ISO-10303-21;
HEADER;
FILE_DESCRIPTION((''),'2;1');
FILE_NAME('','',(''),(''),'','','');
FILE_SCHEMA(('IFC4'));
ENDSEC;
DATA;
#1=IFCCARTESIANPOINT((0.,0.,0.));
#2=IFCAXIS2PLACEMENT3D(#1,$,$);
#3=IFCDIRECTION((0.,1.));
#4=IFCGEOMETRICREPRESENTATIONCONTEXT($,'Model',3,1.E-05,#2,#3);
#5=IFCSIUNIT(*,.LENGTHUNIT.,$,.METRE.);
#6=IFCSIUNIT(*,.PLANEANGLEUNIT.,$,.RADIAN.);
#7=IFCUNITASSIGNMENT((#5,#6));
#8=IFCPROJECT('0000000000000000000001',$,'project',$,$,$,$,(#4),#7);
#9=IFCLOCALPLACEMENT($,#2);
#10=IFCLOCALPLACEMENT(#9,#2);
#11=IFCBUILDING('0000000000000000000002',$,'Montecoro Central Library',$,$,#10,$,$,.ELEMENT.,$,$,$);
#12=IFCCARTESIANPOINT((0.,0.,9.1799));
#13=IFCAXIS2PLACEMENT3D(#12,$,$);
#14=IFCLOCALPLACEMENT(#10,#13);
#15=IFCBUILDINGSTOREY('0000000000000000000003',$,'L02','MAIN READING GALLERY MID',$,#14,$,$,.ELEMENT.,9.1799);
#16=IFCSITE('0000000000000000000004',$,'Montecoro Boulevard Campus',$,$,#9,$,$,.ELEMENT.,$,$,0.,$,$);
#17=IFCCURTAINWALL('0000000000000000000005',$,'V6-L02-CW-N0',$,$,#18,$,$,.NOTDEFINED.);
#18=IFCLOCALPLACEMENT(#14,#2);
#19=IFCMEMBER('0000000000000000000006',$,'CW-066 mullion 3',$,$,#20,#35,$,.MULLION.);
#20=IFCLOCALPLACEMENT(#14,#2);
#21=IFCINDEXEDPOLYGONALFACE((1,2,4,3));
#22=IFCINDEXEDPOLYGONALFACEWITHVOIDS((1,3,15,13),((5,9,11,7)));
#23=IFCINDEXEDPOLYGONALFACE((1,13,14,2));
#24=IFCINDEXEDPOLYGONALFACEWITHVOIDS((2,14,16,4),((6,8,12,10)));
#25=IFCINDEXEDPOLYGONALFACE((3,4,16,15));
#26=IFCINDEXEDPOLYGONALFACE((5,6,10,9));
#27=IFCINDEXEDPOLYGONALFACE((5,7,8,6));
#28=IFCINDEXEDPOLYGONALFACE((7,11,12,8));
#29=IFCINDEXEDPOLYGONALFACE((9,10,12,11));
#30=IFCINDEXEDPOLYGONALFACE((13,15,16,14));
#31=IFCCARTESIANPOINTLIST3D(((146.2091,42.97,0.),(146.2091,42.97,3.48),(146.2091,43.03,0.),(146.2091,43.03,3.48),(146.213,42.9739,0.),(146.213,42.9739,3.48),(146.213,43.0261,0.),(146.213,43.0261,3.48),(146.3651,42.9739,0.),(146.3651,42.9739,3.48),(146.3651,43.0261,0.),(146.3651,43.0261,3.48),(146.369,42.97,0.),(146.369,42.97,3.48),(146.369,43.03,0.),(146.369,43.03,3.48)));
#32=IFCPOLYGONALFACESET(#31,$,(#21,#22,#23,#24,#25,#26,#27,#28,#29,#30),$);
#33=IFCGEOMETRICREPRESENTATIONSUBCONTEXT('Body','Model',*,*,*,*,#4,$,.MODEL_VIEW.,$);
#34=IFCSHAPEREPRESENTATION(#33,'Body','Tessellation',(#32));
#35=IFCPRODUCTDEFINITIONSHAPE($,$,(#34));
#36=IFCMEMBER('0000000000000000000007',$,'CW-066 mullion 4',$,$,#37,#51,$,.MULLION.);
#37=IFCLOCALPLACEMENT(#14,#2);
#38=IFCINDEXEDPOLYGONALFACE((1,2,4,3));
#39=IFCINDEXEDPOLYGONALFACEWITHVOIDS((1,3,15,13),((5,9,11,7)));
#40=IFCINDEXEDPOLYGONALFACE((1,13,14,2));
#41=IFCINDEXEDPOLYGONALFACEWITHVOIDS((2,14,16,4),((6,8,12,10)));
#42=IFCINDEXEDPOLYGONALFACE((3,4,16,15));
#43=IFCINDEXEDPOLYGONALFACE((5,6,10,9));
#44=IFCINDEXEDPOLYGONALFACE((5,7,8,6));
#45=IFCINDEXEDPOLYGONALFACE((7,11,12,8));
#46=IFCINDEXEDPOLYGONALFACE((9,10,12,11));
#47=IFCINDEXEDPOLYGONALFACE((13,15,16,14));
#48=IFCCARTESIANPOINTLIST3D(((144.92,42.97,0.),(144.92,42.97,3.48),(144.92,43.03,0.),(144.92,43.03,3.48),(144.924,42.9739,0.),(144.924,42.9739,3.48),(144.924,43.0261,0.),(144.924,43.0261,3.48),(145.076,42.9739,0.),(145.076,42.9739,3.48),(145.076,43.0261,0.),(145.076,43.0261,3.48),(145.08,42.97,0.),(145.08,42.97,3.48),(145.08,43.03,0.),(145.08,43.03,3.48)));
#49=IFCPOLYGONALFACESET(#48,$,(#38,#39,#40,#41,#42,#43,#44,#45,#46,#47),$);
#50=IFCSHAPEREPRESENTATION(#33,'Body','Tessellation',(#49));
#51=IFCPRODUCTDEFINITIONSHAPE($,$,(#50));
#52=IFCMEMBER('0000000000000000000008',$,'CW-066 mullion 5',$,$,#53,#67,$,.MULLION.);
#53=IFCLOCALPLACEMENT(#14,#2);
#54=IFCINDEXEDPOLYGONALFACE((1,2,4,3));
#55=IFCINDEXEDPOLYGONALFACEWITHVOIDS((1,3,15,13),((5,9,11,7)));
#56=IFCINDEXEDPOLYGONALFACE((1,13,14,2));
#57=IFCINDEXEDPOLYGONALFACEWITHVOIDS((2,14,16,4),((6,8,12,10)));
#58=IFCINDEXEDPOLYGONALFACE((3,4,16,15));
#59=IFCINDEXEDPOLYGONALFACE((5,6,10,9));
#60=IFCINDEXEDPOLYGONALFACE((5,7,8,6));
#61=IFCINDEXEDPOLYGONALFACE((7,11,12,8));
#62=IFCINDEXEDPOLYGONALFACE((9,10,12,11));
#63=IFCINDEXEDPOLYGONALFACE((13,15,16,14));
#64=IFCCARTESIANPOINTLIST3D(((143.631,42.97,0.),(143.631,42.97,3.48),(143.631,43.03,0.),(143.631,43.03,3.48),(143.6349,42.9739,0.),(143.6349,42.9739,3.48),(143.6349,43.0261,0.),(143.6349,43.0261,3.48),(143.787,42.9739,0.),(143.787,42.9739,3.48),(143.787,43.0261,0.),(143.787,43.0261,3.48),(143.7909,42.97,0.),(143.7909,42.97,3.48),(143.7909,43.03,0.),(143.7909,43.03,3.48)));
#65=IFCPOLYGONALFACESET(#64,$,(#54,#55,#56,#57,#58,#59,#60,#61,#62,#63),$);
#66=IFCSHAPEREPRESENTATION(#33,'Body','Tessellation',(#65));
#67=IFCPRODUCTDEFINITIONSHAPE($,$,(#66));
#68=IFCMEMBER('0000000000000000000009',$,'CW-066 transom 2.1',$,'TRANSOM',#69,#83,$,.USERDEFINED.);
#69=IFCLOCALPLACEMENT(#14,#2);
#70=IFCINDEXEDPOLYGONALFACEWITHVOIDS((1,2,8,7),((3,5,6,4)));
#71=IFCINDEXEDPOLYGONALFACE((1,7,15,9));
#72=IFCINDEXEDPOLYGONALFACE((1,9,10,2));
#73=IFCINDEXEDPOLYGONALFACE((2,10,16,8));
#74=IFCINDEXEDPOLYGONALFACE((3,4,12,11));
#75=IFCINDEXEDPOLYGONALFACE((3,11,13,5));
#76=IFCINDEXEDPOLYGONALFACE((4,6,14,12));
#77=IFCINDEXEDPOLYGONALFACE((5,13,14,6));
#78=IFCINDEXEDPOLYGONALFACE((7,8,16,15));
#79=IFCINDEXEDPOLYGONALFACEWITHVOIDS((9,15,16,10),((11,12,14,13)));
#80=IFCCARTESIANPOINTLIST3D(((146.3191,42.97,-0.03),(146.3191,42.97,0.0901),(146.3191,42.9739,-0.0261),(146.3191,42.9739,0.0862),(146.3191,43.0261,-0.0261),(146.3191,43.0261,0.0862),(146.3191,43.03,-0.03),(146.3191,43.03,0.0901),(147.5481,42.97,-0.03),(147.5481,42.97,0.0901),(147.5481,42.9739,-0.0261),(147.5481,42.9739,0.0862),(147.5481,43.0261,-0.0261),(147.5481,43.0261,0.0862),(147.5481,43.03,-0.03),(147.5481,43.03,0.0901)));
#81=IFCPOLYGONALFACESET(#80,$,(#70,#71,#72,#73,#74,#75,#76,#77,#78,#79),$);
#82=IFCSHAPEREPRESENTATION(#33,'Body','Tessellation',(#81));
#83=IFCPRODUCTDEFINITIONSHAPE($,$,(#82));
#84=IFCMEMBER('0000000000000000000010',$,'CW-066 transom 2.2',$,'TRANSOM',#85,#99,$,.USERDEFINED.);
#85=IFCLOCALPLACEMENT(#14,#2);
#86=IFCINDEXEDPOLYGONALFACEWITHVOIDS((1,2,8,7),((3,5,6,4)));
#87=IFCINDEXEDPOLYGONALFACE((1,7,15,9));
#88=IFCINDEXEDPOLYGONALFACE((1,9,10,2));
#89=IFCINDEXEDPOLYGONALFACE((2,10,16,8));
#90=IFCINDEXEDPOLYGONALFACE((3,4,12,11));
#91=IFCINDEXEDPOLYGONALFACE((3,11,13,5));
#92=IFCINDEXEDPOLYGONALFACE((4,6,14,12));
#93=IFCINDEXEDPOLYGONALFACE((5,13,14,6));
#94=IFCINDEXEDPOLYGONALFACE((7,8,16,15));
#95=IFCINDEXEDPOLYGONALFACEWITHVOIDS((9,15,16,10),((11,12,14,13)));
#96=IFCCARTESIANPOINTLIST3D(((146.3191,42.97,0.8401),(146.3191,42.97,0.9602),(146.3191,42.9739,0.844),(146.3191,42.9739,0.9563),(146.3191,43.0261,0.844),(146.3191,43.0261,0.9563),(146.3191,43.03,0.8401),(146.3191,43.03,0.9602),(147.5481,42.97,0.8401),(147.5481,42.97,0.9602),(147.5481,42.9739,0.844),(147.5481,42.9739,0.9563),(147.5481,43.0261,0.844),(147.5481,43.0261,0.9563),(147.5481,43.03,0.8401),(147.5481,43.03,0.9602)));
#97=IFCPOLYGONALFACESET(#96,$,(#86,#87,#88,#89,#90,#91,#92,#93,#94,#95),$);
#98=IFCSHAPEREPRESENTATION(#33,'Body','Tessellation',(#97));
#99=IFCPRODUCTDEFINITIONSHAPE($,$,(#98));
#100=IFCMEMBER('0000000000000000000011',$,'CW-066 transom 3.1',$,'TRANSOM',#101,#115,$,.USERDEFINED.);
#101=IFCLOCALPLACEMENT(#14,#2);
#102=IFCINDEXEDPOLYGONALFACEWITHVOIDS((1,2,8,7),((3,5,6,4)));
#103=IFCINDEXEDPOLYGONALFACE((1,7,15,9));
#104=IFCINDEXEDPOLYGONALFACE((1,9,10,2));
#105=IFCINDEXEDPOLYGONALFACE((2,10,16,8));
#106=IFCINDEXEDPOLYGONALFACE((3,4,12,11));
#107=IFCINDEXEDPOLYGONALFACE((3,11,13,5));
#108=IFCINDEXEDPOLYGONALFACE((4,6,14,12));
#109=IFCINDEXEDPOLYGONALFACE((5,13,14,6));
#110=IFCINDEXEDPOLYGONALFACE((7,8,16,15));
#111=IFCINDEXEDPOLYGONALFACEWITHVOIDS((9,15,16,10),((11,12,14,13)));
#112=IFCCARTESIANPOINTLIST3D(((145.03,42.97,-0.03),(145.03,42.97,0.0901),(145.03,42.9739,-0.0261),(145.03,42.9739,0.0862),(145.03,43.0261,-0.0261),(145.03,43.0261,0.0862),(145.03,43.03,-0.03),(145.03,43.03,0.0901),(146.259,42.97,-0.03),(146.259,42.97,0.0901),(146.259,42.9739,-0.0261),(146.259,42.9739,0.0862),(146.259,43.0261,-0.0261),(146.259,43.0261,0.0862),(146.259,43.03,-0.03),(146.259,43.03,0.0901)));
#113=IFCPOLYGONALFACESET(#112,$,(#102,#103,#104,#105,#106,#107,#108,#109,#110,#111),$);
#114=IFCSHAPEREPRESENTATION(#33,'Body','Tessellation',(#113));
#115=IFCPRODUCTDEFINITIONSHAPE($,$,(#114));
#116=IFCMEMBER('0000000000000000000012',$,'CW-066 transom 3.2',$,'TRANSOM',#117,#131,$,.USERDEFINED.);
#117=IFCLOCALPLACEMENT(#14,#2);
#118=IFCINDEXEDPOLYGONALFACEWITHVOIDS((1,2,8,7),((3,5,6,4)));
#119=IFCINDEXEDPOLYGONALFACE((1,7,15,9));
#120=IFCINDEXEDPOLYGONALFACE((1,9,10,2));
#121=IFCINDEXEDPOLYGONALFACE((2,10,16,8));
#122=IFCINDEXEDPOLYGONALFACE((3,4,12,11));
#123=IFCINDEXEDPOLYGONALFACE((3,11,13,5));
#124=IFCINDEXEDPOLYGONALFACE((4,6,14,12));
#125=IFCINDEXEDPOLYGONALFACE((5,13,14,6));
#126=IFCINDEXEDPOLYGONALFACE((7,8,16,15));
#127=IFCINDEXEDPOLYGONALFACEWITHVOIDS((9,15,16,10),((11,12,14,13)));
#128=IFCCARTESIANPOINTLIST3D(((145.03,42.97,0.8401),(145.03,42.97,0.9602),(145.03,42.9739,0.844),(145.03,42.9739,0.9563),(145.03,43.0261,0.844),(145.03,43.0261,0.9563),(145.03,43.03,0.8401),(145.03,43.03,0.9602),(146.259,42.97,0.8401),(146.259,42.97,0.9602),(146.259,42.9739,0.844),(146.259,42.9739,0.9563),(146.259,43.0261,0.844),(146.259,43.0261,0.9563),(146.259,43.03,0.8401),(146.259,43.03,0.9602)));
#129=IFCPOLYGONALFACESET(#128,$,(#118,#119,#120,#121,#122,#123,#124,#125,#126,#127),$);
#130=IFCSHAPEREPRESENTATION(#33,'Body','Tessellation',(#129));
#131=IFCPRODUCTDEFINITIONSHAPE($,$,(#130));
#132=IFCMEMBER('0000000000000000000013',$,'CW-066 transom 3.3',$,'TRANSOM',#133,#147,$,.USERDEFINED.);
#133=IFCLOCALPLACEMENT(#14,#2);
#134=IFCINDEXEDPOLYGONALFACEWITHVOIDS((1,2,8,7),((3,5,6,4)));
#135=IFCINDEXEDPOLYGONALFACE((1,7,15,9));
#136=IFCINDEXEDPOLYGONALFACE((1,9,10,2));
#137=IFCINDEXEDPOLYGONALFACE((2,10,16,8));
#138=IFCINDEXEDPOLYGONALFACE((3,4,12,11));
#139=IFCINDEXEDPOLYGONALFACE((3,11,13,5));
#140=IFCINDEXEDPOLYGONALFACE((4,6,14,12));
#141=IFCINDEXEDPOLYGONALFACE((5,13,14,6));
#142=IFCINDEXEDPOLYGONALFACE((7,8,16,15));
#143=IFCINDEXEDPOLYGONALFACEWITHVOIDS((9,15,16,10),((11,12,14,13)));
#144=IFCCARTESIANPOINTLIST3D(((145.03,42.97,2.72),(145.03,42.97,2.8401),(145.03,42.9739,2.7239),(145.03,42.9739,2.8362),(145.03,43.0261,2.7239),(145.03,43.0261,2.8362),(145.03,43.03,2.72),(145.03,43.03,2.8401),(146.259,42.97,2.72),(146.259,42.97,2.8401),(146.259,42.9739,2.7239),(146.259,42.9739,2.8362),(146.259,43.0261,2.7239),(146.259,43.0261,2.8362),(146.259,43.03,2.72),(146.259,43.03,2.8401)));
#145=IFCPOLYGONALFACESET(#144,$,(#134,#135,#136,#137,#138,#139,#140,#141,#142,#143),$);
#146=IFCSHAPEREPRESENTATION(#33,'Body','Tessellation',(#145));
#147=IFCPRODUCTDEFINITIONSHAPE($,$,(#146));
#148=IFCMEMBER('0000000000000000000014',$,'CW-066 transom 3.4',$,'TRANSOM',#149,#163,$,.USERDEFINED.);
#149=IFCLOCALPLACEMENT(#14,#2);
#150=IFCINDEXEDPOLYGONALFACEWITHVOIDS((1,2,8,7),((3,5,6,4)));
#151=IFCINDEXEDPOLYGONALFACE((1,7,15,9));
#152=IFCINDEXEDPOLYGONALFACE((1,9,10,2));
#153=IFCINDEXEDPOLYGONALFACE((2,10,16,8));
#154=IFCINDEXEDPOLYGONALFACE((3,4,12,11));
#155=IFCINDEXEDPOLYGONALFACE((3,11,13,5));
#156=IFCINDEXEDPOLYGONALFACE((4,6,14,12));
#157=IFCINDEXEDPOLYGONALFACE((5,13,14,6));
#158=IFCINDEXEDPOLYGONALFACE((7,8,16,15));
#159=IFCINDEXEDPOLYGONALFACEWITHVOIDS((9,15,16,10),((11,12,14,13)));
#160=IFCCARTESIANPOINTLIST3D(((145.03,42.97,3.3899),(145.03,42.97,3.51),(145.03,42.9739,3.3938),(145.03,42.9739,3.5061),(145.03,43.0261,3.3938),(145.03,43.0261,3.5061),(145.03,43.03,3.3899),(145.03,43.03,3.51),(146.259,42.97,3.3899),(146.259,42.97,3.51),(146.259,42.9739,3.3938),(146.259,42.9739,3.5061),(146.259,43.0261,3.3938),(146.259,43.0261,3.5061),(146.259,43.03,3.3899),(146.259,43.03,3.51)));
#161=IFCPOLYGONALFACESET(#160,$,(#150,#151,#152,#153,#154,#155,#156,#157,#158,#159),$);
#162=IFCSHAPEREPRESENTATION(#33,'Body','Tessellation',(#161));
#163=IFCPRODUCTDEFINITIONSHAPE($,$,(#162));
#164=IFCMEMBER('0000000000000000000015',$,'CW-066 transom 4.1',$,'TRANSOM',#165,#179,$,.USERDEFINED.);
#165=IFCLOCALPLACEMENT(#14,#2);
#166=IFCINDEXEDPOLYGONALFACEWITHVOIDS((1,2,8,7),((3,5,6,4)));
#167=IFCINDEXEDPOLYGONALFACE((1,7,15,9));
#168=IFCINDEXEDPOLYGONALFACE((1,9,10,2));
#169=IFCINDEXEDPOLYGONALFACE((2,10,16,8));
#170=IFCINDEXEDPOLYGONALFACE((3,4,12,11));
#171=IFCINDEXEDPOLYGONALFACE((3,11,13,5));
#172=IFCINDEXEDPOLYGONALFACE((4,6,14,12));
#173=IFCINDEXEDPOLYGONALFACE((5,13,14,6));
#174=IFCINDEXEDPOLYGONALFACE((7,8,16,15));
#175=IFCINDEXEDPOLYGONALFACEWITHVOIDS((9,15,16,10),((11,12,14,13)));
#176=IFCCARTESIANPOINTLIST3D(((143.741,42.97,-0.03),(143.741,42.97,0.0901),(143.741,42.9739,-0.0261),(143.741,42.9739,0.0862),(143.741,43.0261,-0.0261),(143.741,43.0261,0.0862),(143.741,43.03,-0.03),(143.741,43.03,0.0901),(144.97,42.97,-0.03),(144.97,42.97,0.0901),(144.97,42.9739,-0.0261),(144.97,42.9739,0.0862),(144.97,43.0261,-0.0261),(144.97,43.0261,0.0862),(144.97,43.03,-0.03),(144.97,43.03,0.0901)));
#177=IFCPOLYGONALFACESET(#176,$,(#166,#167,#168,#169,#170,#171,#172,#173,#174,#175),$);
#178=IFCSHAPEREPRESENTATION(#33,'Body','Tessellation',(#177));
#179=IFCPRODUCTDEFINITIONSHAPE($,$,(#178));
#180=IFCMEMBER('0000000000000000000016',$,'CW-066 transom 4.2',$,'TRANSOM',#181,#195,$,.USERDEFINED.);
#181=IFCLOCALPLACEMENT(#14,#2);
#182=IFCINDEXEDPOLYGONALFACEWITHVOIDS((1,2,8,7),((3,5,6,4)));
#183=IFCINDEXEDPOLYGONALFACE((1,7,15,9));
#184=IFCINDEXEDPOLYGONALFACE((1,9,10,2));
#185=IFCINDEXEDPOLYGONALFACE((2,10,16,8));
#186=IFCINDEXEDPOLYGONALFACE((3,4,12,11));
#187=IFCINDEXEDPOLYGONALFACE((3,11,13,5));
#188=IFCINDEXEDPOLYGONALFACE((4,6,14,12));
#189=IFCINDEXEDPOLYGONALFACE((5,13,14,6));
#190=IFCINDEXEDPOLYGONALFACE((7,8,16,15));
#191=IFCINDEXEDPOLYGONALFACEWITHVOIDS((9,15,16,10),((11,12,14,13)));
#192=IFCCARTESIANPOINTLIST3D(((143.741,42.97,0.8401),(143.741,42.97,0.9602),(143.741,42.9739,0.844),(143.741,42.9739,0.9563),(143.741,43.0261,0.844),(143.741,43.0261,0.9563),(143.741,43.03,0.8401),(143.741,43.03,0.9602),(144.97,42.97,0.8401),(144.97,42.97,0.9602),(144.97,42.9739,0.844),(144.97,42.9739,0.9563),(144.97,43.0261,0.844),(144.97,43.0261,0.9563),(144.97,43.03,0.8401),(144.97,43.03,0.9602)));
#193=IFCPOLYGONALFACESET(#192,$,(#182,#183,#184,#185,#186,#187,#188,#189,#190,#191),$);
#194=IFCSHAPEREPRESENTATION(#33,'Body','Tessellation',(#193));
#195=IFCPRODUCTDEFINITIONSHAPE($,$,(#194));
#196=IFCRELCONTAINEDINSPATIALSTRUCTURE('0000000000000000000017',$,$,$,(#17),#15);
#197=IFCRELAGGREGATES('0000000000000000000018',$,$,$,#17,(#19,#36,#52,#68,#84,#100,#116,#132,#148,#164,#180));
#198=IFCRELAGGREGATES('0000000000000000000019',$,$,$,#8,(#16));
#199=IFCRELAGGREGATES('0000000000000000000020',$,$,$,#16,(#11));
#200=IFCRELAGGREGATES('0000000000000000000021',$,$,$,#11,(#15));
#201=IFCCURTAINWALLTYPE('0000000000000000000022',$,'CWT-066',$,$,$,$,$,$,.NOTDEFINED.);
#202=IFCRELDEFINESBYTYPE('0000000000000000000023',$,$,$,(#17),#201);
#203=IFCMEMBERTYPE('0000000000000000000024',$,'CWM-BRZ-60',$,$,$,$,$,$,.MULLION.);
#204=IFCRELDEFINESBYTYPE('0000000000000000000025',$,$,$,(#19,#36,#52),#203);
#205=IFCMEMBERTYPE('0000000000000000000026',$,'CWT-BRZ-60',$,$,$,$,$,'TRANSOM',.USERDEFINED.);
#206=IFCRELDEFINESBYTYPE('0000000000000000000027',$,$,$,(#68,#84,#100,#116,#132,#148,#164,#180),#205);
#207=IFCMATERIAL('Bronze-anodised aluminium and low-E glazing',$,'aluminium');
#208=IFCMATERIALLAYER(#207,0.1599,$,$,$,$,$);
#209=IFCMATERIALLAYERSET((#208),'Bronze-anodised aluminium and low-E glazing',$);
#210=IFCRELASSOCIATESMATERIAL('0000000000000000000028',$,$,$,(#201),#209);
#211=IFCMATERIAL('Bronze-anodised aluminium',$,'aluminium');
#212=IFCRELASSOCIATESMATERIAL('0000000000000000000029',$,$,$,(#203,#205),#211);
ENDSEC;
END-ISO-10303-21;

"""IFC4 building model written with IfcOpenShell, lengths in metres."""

from ifc_helpers import new_model, si_unit, direction, frame, origin, origin_2d, place, context, subcontext, project, spatial, hollow_rectangle, extrude, material, layer, layer_set, material_profile, profile_set, type_object, element, aggregate, save


model = new_model("IFC4")

# Units and contexts
model_context = context("Model", 3, precision=1e-05, world=origin(), true_north=direction((0.0, 1.0)))
body_context = subcontext(model_context, "Body", "Model", "MODEL_VIEW")
ifc_project = project(units=[si_unit("LENGTHUNIT", "METRE"), si_unit("PLANEANGLEUNIT", "RADIAN")], contexts=[model_context])

# Site, building, storey
site_placement = place(None, origin())
site = spatial("IfcSite", under=ifc_project, at=site_placement, Name="Montecoro Boulevard Campus", CompositionType="ELEMENT", RefElevation=0.0)
building_placement = place(site_placement, origin())
building = spatial("IfcBuilding", under=site, at=building_placement, Name="Montecoro Central Library", CompositionType="ELEMENT")
storey_placement = place(building_placement, frame((0.0, 0.0, 9.1799)))
storey = spatial("IfcBuildingStorey", under=building, at=storey_placement, Name="L02", Description="MAIN READING GALLERY MID", CompositionType="ELEMENT", Elevation=9.1799)

# Curtain wall, members
ifc_material_1 = material(Name="Bronze-anodised aluminium and low-E glazing", Category="aluminium")
ifc_layer_1 = layer(ifc_material_1, 0.1599)
ifc_layer_set_1 = layer_set([ifc_layer_1], Name="Bronze-anodised aluminium and low-E glazing")
curtain_wall_type = type_object("IfcCurtainWallType", Name="CWT-066", PredefinedType="NOTDEFINED", material=ifc_layer_set_1)
curtain_wall_placement = place(storey_placement, origin())
curtain_wall = element("IfcCurtainWall", 1, at=curtain_wall_placement, inside=storey, type_object=curtain_wall_type, Name="V6-L02-CW-N0", PredefinedType="NOTDEFINED")
ifc_material_2 = material(Name="Bronze-anodised aluminium", Category="aluminium")
ifc_material_profile_1 = material_profile(ifc_material_2, hollow_rectangle(XDim=0.0601, YDim=0.1599, WallThickness=0.0039, at=origin_2d()), Name="CWM 160x60x4.0")
ifc_profile_set_1 = profile_set([ifc_material_profile_1], Name="Bronze-anodised aluminium")
member_type_1 = type_object("IfcMemberType", Name="CWM-BRZ-60", PredefinedType="MULLION", material=ifc_profile_set_1)
member_1_placement = place(storey_placement, frame((146.2891, 43.0, 0.0), z_axis=(0.0, 0.0, 1.0), x_axis=(0.0, -1.0, 0.0)))
member_1 = element("IfcMember", 2, at=member_1_placement, type_object=member_type_1, Name="CW-066 mullion 3", PredefinedType="MULLION", context=body_context, shape_type="SweptSolid", body=[
    extrude(hollow_rectangle(XDim=0.0601, YDim=0.1599, WallThickness=0.0039, at=origin_2d()), origin(), (0.0, 0.0, 1.0), 3.48),
])
member_2_placement = place(storey_placement, frame((145.0, 43.0, 0.0), z_axis=(0.0, 0.0, 1.0), x_axis=(0.0, -1.0, 0.0)))
member_2 = element("IfcMember", 3, at=member_2_placement, type_object=member_type_1, Name="CW-066 mullion 4", PredefinedType="MULLION", context=body_context, shape_type="SweptSolid", body=[
    extrude(hollow_rectangle(XDim=0.0601, YDim=0.1599, WallThickness=0.0039, at=origin_2d()), origin(), (0.0, 0.0, 1.0), 3.48),
])
member_3_placement = place(storey_placement, frame((143.7109, 43.0, 0.0), z_axis=(0.0, 0.0, 1.0), x_axis=(0.0, -1.0, 0.0)))
member_3 = element("IfcMember", 4, at=member_3_placement, type_object=member_type_1, Name="CW-066 mullion 5", PredefinedType="MULLION", context=body_context, shape_type="SweptSolid", body=[
    extrude(hollow_rectangle(XDim=0.0601, YDim=0.1599, WallThickness=0.0039, at=origin_2d()), origin(), (0.0, 0.0, 1.0), 3.48),
])
ifc_material_profile_2 = material_profile(ifc_material_2, hollow_rectangle(XDim=0.0601, YDim=0.1201, WallThickness=0.0039, at=origin_2d()), Name="CWT 120x60x4.0")
ifc_profile_set_2 = profile_set([ifc_material_profile_2], Name="Bronze-anodised aluminium")
member_type_2 = type_object("IfcMemberType", Name="CWT-BRZ-60", ElementType="TRANSOM", PredefinedType="USERDEFINED", material=ifc_profile_set_2)
member_4_placement = place(storey_placement, frame((147.5481, 43.0, 0.03), z_axis=(-1.0, 0.0, 0.0), x_axis=(0.0, -1.0, 0.0)))
member_4 = element("IfcMember", 5, at=member_4_placement, type_object=member_type_2, Name="CW-066 transom 2.1", ObjectType="TRANSOM", PredefinedType="USERDEFINED", context=body_context, shape_type="SweptSolid", body=[
    extrude(hollow_rectangle(XDim=0.0601, YDim=0.1201, WallThickness=0.0039, at=origin_2d()), origin(), (0.0, 0.0, 1.0), 1.229),
])
member_5_placement = place(storey_placement, frame((147.5481, 43.0, 0.9001), z_axis=(-1.0, 0.0, 0.0), x_axis=(0.0, -1.0, 0.0)))
member_5 = element("IfcMember", 6, at=member_5_placement, type_object=member_type_2, Name="CW-066 transom 2.2", ObjectType="TRANSOM", PredefinedType="USERDEFINED", context=body_context, shape_type="SweptSolid", body=[
    extrude(hollow_rectangle(XDim=0.0601, YDim=0.1201, WallThickness=0.0039, at=origin_2d()), origin(), (0.0, 0.0, 1.0), 1.229),
])
member_6_placement = place(storey_placement, frame((146.259, 43.0, 0.03), z_axis=(-1.0, 0.0, 0.0), x_axis=(0.0, -1.0, 0.0)))
member_6 = element("IfcMember", 7, at=member_6_placement, type_object=member_type_2, Name="CW-066 transom 3.1", ObjectType="TRANSOM", PredefinedType="USERDEFINED", context=body_context, shape_type="SweptSolid", body=[
    extrude(hollow_rectangle(XDim=0.0601, YDim=0.1201, WallThickness=0.0039, at=origin_2d()), origin(), (0.0, 0.0, 1.0), 1.229),
])
member_7_placement = place(storey_placement, frame((146.259, 43.0, 0.9001), z_axis=(-1.0, 0.0, 0.0), x_axis=(0.0, -1.0, 0.0)))
member_7 = element("IfcMember", 8, at=member_7_placement, type_object=member_type_2, Name="CW-066 transom 3.2", ObjectType="TRANSOM", PredefinedType="USERDEFINED", context=body_context, shape_type="SweptSolid", body=[
    extrude(hollow_rectangle(XDim=0.0601, YDim=0.1201, WallThickness=0.0039, at=origin_2d()), origin(), (0.0, 0.0, 1.0), 1.229),
])
member_8_placement = place(storey_placement, frame((146.259, 43.0, 2.78), z_axis=(-1.0, 0.0, 0.0), x_axis=(0.0, -1.0, 0.0)))
member_8 = element("IfcMember", 9, at=member_8_placement, type_object=member_type_2, Name="CW-066 transom 3.3", ObjectType="TRANSOM", PredefinedType="USERDEFINED", context=body_context, shape_type="SweptSolid", body=[
    extrude(hollow_rectangle(XDim=0.0601, YDim=0.1201, WallThickness=0.0039, at=origin_2d()), origin(), (0.0, 0.0, 1.0), 1.229),
])
member_9_placement = place(storey_placement, frame((146.259, 43.0, 3.45), z_axis=(-1.0, 0.0, 0.0), x_axis=(0.0, -1.0, 0.0)))
member_9 = element("IfcMember", 10, at=member_9_placement, type_object=member_type_2, Name="CW-066 transom 3.4", ObjectType="TRANSOM", PredefinedType="USERDEFINED", context=body_context, shape_type="SweptSolid", body=[
    extrude(hollow_rectangle(XDim=0.0601, YDim=0.1201, WallThickness=0.0039, at=origin_2d()), origin(), (0.0, 0.0, 1.0), 1.229),
])
member_10_placement = place(storey_placement, frame((144.97, 43.0, 0.03), z_axis=(-1.0, 0.0, 0.0), x_axis=(0.0, -1.0, 0.0)))
member_10 = element("IfcMember", 11, at=member_10_placement, type_object=member_type_2, Name="CW-066 transom 4.1", ObjectType="TRANSOM", PredefinedType="USERDEFINED", context=body_context, shape_type="SweptSolid", body=[
    extrude(hollow_rectangle(XDim=0.0601, YDim=0.1201, WallThickness=0.0039, at=origin_2d()), origin(), (0.0, 0.0, 1.0), 1.229),
])
member_11_placement = place(storey_placement, frame((144.97, 43.0, 0.9001), z_axis=(-1.0, 0.0, 0.0), x_axis=(0.0, -1.0, 0.0)))
member_11 = element("IfcMember", 12, at=member_11_placement, type_object=member_type_2, Name="CW-066 transom 4.2", ObjectType="TRANSOM", PredefinedType="USERDEFINED", context=body_context, shape_type="SweptSolid", body=[
    extrude(hollow_rectangle(XDim=0.0601, YDim=0.1201, WallThickness=0.0039, at=origin_2d()), origin(), (0.0, 0.0, 1.0), 1.229),
])
aggregate(curtain_wall, [member_1, member_2, member_3, member_4, member_5, member_6, member_7, member_8, member_9, member_10, member_11])

save(model, "model.ifc")
